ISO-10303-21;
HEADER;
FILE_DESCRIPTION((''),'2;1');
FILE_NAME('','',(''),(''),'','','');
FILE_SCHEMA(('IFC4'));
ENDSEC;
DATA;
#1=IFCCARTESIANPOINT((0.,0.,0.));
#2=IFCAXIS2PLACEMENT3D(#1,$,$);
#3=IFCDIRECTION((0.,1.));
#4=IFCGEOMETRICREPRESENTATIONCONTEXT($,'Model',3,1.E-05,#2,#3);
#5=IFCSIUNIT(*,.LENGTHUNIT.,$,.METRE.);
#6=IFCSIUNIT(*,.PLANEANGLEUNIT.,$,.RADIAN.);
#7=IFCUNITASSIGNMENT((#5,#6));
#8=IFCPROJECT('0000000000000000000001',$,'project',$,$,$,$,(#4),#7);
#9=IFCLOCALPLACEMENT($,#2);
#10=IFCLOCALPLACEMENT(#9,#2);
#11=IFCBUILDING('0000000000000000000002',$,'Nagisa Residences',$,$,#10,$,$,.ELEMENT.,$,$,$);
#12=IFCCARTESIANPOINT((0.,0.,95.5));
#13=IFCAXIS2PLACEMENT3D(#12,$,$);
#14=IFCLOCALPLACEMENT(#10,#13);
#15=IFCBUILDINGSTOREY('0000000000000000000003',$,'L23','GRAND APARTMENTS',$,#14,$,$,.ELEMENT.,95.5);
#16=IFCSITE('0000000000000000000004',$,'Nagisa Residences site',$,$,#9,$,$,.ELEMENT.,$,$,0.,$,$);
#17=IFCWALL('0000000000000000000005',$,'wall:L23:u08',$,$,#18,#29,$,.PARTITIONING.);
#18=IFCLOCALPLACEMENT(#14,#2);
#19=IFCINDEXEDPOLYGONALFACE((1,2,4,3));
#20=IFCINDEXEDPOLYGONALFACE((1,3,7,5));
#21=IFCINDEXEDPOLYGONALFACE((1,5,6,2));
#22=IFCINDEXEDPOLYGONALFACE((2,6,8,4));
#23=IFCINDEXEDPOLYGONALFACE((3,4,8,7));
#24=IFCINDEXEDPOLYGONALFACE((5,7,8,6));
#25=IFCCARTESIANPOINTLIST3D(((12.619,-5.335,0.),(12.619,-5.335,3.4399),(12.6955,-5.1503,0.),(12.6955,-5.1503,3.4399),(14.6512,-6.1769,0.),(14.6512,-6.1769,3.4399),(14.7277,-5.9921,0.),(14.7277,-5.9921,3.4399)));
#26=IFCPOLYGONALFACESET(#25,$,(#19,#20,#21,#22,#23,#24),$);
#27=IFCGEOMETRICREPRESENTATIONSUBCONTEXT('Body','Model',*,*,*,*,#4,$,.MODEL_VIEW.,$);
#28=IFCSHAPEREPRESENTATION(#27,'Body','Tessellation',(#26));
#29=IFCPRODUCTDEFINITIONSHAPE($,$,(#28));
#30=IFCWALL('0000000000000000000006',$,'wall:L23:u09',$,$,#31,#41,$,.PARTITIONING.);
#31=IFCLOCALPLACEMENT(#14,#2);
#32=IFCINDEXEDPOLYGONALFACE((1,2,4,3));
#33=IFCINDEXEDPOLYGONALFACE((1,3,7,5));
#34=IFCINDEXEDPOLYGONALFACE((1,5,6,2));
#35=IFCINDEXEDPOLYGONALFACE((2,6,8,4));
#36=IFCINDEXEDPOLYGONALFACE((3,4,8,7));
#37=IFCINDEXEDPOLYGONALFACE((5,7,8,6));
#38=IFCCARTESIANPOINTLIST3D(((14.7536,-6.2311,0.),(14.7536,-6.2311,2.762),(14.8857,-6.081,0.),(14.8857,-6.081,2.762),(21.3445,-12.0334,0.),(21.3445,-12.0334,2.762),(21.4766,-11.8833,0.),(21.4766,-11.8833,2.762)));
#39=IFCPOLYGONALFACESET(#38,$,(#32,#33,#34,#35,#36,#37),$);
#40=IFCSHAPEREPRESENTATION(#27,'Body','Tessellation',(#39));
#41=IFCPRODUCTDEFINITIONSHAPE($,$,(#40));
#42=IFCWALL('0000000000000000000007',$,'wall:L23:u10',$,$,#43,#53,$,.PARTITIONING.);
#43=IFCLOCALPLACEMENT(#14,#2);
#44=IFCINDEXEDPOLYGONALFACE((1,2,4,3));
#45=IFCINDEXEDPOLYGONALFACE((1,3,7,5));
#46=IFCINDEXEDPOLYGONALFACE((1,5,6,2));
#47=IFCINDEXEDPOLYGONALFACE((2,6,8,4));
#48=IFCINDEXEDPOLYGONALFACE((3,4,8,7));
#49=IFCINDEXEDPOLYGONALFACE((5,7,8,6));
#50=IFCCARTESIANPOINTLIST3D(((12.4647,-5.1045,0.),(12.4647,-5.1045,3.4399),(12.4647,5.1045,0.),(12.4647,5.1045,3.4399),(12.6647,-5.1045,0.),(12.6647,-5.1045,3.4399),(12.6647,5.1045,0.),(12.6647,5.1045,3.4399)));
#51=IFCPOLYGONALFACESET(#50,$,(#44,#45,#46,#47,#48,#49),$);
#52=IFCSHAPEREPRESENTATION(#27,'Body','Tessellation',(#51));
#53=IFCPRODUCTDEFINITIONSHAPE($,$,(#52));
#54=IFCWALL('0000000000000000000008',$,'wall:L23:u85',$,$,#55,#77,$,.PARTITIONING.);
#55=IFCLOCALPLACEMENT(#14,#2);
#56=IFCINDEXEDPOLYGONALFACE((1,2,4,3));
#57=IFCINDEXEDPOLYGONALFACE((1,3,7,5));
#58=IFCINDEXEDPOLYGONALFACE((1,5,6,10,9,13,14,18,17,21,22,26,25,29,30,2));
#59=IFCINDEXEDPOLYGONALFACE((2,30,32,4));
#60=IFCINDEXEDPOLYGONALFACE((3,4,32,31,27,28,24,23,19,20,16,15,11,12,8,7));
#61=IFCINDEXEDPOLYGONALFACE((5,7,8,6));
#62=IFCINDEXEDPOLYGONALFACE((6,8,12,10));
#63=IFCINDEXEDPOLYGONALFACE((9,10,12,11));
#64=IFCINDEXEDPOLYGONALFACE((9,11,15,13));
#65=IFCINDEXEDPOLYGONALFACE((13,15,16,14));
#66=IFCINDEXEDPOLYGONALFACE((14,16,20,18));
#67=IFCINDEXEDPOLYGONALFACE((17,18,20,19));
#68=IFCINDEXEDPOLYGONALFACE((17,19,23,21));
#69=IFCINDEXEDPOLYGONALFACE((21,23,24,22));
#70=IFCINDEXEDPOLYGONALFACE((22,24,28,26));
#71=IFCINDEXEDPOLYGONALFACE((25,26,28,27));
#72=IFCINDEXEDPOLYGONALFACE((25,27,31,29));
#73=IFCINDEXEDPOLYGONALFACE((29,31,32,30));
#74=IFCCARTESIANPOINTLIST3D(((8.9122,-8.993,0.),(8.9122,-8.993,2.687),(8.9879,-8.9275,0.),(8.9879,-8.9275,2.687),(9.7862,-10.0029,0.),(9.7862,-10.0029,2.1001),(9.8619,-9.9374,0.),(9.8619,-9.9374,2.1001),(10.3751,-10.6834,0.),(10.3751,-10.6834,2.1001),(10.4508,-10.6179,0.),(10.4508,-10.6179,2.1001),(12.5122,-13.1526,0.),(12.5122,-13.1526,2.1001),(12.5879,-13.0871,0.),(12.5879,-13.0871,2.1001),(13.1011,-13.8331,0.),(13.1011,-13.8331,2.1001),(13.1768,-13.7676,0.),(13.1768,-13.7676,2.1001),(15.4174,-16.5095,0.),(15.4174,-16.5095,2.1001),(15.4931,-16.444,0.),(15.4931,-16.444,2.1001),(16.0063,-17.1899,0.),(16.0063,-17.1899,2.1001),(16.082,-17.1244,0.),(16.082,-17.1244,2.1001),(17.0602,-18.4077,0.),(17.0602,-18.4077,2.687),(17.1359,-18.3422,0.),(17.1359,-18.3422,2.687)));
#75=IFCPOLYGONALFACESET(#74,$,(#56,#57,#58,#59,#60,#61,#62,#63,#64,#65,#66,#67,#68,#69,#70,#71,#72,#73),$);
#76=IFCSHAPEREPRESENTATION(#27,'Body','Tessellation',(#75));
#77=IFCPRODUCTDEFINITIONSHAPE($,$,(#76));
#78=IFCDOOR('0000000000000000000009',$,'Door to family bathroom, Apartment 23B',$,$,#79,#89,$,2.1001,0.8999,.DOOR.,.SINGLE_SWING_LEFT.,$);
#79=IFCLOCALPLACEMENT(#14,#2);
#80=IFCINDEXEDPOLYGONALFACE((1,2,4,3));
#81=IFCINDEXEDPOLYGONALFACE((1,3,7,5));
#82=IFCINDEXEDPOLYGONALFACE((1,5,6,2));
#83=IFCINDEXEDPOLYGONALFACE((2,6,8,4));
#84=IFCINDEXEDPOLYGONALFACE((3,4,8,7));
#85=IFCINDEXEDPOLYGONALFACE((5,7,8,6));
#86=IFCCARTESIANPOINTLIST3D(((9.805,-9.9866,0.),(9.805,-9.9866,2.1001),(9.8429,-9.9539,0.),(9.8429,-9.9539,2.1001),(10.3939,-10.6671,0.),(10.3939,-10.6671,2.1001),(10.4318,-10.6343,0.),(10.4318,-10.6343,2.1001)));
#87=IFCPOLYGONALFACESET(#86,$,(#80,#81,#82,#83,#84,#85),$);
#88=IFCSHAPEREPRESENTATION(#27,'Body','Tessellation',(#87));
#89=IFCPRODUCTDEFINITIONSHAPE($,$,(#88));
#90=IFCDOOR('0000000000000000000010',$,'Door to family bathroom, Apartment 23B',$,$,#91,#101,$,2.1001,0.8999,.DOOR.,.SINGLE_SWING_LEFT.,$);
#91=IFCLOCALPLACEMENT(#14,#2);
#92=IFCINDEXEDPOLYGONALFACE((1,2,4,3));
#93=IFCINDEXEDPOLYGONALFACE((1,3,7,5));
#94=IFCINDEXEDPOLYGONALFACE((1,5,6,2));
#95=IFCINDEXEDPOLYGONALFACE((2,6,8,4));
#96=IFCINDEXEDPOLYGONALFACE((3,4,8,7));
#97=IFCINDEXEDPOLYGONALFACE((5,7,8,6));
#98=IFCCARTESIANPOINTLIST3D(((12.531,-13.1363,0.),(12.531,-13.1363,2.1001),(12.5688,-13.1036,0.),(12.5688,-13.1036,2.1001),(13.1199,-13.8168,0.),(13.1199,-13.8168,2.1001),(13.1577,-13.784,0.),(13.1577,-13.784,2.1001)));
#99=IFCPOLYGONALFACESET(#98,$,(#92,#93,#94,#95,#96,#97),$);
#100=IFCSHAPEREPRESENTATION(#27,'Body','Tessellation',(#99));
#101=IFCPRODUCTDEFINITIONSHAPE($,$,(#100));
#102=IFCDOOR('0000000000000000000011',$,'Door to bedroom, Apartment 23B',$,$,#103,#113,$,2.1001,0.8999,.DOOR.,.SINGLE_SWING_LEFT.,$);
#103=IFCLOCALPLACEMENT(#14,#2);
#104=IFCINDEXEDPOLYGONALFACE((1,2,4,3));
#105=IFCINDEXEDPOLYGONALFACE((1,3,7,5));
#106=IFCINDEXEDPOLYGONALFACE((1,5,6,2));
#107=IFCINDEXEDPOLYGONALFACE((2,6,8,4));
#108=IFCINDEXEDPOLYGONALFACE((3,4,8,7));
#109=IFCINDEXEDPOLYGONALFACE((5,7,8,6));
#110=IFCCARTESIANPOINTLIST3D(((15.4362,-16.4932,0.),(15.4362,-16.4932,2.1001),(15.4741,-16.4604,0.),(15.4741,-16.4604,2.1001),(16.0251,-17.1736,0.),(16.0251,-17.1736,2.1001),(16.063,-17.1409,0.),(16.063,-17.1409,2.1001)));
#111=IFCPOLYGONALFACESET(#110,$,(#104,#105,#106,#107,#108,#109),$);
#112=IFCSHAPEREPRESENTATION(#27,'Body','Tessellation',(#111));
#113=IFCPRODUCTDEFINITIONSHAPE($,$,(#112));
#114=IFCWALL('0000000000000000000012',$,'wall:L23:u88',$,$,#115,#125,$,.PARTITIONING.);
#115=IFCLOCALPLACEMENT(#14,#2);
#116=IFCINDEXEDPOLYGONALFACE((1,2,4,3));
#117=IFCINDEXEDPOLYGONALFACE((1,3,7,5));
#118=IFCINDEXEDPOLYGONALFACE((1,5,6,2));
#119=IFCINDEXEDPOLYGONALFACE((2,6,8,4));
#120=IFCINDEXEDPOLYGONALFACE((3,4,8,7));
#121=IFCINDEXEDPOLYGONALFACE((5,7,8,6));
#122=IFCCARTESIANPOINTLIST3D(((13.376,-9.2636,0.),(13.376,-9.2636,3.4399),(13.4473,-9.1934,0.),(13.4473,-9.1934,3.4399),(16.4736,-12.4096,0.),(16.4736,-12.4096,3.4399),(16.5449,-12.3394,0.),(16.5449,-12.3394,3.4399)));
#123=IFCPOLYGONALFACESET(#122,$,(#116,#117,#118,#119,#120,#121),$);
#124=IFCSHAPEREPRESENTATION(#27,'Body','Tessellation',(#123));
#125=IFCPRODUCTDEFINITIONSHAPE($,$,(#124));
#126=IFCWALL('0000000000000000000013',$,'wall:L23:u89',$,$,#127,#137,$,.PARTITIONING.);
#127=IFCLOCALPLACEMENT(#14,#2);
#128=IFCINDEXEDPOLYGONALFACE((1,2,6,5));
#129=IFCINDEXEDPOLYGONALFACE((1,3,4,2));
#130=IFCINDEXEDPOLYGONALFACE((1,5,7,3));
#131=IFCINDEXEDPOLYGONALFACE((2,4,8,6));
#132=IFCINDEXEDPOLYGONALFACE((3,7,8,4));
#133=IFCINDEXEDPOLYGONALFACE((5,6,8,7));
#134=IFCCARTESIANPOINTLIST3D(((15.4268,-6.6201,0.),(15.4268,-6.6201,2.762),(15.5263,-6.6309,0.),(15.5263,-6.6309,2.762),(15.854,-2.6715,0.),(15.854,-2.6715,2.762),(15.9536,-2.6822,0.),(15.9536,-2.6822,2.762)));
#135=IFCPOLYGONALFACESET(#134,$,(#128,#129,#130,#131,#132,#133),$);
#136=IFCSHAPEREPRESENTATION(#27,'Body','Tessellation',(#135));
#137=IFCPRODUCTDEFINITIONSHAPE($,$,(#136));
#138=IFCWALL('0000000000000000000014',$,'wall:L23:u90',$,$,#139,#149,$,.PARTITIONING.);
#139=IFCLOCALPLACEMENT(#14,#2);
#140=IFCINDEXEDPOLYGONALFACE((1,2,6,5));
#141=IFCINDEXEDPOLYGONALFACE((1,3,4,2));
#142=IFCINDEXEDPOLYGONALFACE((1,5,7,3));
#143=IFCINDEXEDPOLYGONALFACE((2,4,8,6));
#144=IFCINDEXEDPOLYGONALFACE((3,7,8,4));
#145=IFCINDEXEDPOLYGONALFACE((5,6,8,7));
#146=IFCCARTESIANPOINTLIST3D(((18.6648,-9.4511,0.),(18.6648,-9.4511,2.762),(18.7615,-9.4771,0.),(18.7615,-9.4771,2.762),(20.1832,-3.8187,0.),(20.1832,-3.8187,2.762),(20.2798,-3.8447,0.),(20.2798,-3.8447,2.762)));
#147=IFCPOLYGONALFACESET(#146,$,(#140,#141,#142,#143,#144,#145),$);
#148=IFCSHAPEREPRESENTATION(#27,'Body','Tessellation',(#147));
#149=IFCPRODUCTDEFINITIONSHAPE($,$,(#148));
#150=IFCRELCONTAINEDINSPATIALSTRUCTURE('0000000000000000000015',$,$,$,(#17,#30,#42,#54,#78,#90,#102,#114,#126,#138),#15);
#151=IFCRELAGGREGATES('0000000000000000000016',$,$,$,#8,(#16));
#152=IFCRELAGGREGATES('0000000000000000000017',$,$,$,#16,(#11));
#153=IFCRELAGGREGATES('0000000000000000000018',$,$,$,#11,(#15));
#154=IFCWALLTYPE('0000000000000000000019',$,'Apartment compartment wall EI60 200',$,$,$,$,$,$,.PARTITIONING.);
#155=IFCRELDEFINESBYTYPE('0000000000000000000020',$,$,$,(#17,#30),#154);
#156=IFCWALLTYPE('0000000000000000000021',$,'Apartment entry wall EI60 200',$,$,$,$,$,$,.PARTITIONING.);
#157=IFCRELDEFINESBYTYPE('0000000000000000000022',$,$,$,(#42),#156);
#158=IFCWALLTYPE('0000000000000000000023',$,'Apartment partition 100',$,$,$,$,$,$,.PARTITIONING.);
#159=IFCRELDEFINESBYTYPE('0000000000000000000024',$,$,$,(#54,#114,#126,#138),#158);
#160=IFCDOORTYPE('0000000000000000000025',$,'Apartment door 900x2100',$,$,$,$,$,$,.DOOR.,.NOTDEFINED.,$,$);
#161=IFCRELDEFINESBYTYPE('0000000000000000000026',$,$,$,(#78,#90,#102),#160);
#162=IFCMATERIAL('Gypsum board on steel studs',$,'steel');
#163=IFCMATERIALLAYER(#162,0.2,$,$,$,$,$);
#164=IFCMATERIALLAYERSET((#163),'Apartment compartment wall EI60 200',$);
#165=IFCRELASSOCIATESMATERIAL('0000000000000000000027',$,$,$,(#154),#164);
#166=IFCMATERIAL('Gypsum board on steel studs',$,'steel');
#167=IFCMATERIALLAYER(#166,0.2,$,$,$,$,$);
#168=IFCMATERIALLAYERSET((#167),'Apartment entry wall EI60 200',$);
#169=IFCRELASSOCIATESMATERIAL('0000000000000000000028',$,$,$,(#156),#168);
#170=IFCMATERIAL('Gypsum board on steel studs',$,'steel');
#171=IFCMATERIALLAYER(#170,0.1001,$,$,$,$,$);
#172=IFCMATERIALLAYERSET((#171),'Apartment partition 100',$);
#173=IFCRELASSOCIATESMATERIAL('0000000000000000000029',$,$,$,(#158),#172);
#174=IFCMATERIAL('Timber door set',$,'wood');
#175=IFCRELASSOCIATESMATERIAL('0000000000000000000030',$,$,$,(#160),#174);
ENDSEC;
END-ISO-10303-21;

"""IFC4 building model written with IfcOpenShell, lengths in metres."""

from ifc_helpers import new_model, si_unit, direction, frame, frame_2d, origin, place, context, subcontext, project, spatial, rectangle, extrude, material, layer, layer_set, type_object, element, fill, save


model = new_model("IFC4")

# Units and contexts
model_context = context("Model", 3, precision=1e-05, world=origin(), true_north=direction((0.0, 1.0)))
body_context = subcontext(model_context, "Body", "Model", "MODEL_VIEW")
ifc_project = project(units=[si_unit("LENGTHUNIT", "METRE"), si_unit("PLANEANGLEUNIT", "RADIAN")], contexts=[model_context])

# Site, building, storey
site_placement = place(None, origin())
site = spatial("IfcSite", under=ifc_project, at=site_placement, Name="Nagisa Residences site", CompositionType="ELEMENT", RefElevation=0.0)
building_placement = place(site_placement, origin())
building = spatial("IfcBuilding", under=site, at=building_placement, Name="Nagisa Residences", CompositionType="ELEMENT")
storey_placement = place(building_placement, frame((0.0, 0.0, 95.5)))
storey = spatial("IfcBuildingStorey", under=building, at=storey_placement, Name="L23", Description="GRAND APARTMENTS", CompositionType="ELEMENT", Elevation=95.5)

# Walls
ifc_material_1 = material(Name="Gypsum board on steel studs", Category="steel")
ifc_layer_1 = layer(ifc_material_1, 0.2)
ifc_layer_set_1 = layer_set([ifc_layer_1], Name="Apartment compartment wall EI60 200")
wall_type_1 = type_object("IfcWallType", Name="Apartment compartment wall EI60 200", PredefinedType="PARTITIONING", material=ifc_layer_set_1)
wall_1_placement = place(storey_placement, frame((12.6572, -5.2427, 0.0), z_axis=(0.0, 0.0, 1.0), x_axis=(0.923876, -0.382692, 0.0)))
element("IfcWall", 1, at=wall_1_placement, inside=storey, type_object=wall_type_1, Name="wall:L23:u08", PredefinedType="PARTITIONING", context=body_context, shape_type="SweptSolid", body=[
    extrude(rectangle(XDim=2.1997, YDim=0.2, at=frame_2d((1.0999, 0.0))), origin(), (0.0, 0.0, 1.0), 3.4399),
])
wall_2_placement = place(storey_placement, frame((14.8196, -6.156, 0.0), z_axis=(0.0, 0.0, 1.0), x_axis=(0.750582, -0.660777, 0.0)))
element("IfcWall", 2, at=wall_2_placement, inside=storey, type_object=wall_type_1, Name="wall:L23:u09", PredefinedType="PARTITIONING", context=body_context, shape_type="SweptSolid", body=[
    extrude(rectangle(XDim=8.781, YDim=0.2, at=frame_2d((4.3906, 0.0))), origin(), (0.0, 0.0, 1.0), 2.762),
])
ifc_material_2 = material(Name="Gypsum board on steel studs", Category="steel")
ifc_layer_2 = layer(ifc_material_2, 0.2)
ifc_layer_set_2 = layer_set([ifc_layer_2], Name="Apartment entry wall EI60 200")
wall_type_2 = type_object("IfcWallType", Name="Apartment entry wall EI60 200", PredefinedType="PARTITIONING", material=ifc_layer_set_2)
wall_3_placement = place(storey_placement, frame((12.5647, -5.1045, 0.0), z_axis=(0.0, 0.0, 1.0), x_axis=(0.0, 1.0, 0.0)))
element("IfcWall", 3, at=wall_3_placement, inside=storey, type_object=wall_type_2, Name="wall:L23:u10", PredefinedType="PARTITIONING", context=body_context, shape_type="SweptSolid", body=[
    extrude(rectangle(XDim=10.209, YDim=0.2, at=frame_2d((5.1045, 0.0))), origin(), (0.0, 0.0, 1.0), 3.4399),
])

# Wall, openings, doors
ifc_material_3 = material(Name="Gypsum board on steel studs", Category="steel")
ifc_layer_3 = layer(ifc_material_3, 0.1001)
ifc_layer_set_3 = layer_set([ifc_layer_3], Name="Apartment partition 100")
wall_type_3 = type_object("IfcWallType", Name="Apartment partition 100", PredefinedType="PARTITIONING", material=ifc_layer_set_3)
wall_4_placement = place(storey_placement, frame((8.95, -8.9602, 0.0), z_axis=(0.0, 0.0, 1.0), x_axis=(0.654411, -0.756139, 0.0)))
wall_4 = element("IfcWall", 4, at=wall_4_placement, inside=storey, type_object=wall_type_3, Name="wall:L23:u85", PredefinedType="PARTITIONING", context=body_context, shape_type="SweptSolid", body=[
    extrude(rectangle(XDim=12.4509, YDim=0.1001, at=frame_2d((6.2256, 0.0))), origin(), (0.0, 0.0, 1.0), 2.687),
])
opening_1_placement = place(wall_4_placement, frame((1.3357, 0.0, 0.0)))
opening_1 = element("IfcOpeningElement", 5, at=opening_1_placement, cuts=wall_4, PredefinedType="OPENING", context=body_context, shape_type="SweptSolid", body=[
    extrude(rectangle(XDim=0.8999, YDim=2.1001, at=frame_2d((0.45, 1.05))), frame((0.0, 0.0601, 0.0), z_axis=(0.0, -1.0, 0.0), x_axis=(1.0, 0.0, 0.0)), (0.0, 0.0, 1.0), 0.1201),
])
opening_2_placement = place(wall_4_placement, frame((5.5012, 0.0, 0.0)))
opening_2 = element("IfcOpeningElement", 6, at=opening_2_placement, cuts=wall_4, PredefinedType="OPENING", context=body_context, shape_type="SweptSolid", body=[
    extrude(rectangle(XDim=0.8999, YDim=2.1001, at=frame_2d((0.45, 1.05))), frame((0.0, 0.0601, 0.0), z_axis=(0.0, -1.0, 0.0), x_axis=(1.0, 0.0, 0.0)), (0.0, 0.0, 1.0), 0.1201),
])
opening_3_placement = place(wall_4_placement, frame((9.9407, 0.0, 0.0)))
opening_3 = element("IfcOpeningElement", 7, at=opening_3_placement, cuts=wall_4, PredefinedType="OPENING", context=body_context, shape_type="SweptSolid", body=[
    extrude(rectangle(XDim=0.8999, YDim=2.1001, at=frame_2d((0.45, 1.05))), frame((0.0, 0.0601, 0.0), z_axis=(0.0, -1.0, 0.0), x_axis=(1.0, 0.0, 0.0)), (0.0, 0.0, 1.0), 0.1201),
])
ifc_material_4 = material(Name="Timber door set", Category="wood")
door_type_1 = type_object("IfcDoorType", Name="Apartment door 900x2100", OperationType="NOTDEFINED", PredefinedType="DOOR", material=ifc_material_4)
door_1_placement = place(opening_1_placement, origin())
door_1 = element("IfcDoor", 8, at=door_1_placement, inside=storey, type_object=door_type_1, Name="Door to family bathroom, Apartment 23B", OperationType="SINGLE_SWING_LEFT", OverallHeight=2.1001, OverallWidth=0.8999, PredefinedType="DOOR", context=body_context, shape_type="SweptSolid", body=[
    extrude(rectangle(XDim=0.8999, YDim=2.1001, at=frame_2d((0.45, 1.05))), frame((0.0, 0.0249, 0.0), z_axis=(0.0, -1.0, 0.0), x_axis=(1.0, 0.0, 0.0)), (0.0, 0.0, 1.0), 0.05),
])
fill(opening_1, door_1)
door_2_placement = place(opening_2_placement, origin())
door_2 = element("IfcDoor", 9, at=door_2_placement, inside=storey, type_object=door_type_1, Name="Door to family bathroom, Apartment 23B", OperationType="SINGLE_SWING_LEFT", OverallHeight=2.1001, OverallWidth=0.8999, PredefinedType="DOOR", context=body_context, shape_type="SweptSolid", body=[
    extrude(rectangle(XDim=0.8999, YDim=2.1001, at=frame_2d((0.45, 1.05))), frame((0.0, 0.0249, 0.0), z_axis=(0.0, -1.0, 0.0), x_axis=(1.0, 0.0, 0.0)), (0.0, 0.0, 1.0), 0.05),
])
fill(opening_2, door_2)
door_3_placement = place(opening_3_placement, origin())
door_3 = element("IfcDoor", 10, at=door_3_placement, inside=storey, type_object=door_type_1, Name="Door to bedroom, Apartment 23B", OperationType="SINGLE_SWING_LEFT", OverallHeight=2.1001, OverallWidth=0.8999, PredefinedType="DOOR", context=body_context, shape_type="SweptSolid", body=[
    extrude(rectangle(XDim=0.8999, YDim=2.1001, at=frame_2d((0.45, 1.05))), frame((0.0, 0.0249, 0.0), z_axis=(0.0, -1.0, 0.0), x_axis=(1.0, 0.0, 0.0)), (0.0, 0.0, 1.0), 0.05),
])
fill(opening_3, door_3)

# Walls
wall_5_placement = place(storey_placement, frame((13.4116, -9.2285, 0.0), z_axis=(0.0, 0.0, 1.0), x_axis=(0.701611, -0.71256, 0.0)))
element("IfcWall", 11, at=wall_5_placement, inside=storey, type_object=wall_type_3, Name="wall:L23:u88", PredefinedType="PARTITIONING", context=body_context, shape_type="SweptSolid", body=[
    extrude(rectangle(XDim=4.415, YDim=0.1001, at=frame_2d((2.2075, 0.0))), origin(), (0.0, 0.0, 1.0), 3.4399),
])
wall_6_placement = place(storey_placement, frame((15.4766, -6.6255, 0.0), z_axis=(0.0, 0.0, 1.0), x_axis=(0.107571, 0.994197, 0.0)))
element("IfcWall", 12, at=wall_6_placement, inside=storey, type_object=wall_type_3, Name="wall:L23:u89", PredefinedType="PARTITIONING", context=body_context, shape_type="SweptSolid", body=[
    extrude(rectangle(XDim=3.9717, YDim=0.1001, at=frame_2d((1.9858, 0.0))), origin(), (0.0, 0.0, 1.0), 2.762),
])
wall_7_placement = place(storey_placement, frame((18.7131, -9.4641, 0.0), z_axis=(0.0, 0.0, 1.0), x_axis=(0.26028, 0.965533, 0.0)))
element("IfcWall", 13, at=wall_7_placement, inside=storey, type_object=wall_type_3, Name="wall:L23:u90", PredefinedType="PARTITIONING", context=body_context, shape_type="SweptSolid", body=[
    extrude(rectangle(XDim=5.8335, YDim=0.1001, at=frame_2d((2.9167, 0.0))), origin(), (0.0, 0.0, 1.0), 2.762),
])

save(model, "model.ifc")
